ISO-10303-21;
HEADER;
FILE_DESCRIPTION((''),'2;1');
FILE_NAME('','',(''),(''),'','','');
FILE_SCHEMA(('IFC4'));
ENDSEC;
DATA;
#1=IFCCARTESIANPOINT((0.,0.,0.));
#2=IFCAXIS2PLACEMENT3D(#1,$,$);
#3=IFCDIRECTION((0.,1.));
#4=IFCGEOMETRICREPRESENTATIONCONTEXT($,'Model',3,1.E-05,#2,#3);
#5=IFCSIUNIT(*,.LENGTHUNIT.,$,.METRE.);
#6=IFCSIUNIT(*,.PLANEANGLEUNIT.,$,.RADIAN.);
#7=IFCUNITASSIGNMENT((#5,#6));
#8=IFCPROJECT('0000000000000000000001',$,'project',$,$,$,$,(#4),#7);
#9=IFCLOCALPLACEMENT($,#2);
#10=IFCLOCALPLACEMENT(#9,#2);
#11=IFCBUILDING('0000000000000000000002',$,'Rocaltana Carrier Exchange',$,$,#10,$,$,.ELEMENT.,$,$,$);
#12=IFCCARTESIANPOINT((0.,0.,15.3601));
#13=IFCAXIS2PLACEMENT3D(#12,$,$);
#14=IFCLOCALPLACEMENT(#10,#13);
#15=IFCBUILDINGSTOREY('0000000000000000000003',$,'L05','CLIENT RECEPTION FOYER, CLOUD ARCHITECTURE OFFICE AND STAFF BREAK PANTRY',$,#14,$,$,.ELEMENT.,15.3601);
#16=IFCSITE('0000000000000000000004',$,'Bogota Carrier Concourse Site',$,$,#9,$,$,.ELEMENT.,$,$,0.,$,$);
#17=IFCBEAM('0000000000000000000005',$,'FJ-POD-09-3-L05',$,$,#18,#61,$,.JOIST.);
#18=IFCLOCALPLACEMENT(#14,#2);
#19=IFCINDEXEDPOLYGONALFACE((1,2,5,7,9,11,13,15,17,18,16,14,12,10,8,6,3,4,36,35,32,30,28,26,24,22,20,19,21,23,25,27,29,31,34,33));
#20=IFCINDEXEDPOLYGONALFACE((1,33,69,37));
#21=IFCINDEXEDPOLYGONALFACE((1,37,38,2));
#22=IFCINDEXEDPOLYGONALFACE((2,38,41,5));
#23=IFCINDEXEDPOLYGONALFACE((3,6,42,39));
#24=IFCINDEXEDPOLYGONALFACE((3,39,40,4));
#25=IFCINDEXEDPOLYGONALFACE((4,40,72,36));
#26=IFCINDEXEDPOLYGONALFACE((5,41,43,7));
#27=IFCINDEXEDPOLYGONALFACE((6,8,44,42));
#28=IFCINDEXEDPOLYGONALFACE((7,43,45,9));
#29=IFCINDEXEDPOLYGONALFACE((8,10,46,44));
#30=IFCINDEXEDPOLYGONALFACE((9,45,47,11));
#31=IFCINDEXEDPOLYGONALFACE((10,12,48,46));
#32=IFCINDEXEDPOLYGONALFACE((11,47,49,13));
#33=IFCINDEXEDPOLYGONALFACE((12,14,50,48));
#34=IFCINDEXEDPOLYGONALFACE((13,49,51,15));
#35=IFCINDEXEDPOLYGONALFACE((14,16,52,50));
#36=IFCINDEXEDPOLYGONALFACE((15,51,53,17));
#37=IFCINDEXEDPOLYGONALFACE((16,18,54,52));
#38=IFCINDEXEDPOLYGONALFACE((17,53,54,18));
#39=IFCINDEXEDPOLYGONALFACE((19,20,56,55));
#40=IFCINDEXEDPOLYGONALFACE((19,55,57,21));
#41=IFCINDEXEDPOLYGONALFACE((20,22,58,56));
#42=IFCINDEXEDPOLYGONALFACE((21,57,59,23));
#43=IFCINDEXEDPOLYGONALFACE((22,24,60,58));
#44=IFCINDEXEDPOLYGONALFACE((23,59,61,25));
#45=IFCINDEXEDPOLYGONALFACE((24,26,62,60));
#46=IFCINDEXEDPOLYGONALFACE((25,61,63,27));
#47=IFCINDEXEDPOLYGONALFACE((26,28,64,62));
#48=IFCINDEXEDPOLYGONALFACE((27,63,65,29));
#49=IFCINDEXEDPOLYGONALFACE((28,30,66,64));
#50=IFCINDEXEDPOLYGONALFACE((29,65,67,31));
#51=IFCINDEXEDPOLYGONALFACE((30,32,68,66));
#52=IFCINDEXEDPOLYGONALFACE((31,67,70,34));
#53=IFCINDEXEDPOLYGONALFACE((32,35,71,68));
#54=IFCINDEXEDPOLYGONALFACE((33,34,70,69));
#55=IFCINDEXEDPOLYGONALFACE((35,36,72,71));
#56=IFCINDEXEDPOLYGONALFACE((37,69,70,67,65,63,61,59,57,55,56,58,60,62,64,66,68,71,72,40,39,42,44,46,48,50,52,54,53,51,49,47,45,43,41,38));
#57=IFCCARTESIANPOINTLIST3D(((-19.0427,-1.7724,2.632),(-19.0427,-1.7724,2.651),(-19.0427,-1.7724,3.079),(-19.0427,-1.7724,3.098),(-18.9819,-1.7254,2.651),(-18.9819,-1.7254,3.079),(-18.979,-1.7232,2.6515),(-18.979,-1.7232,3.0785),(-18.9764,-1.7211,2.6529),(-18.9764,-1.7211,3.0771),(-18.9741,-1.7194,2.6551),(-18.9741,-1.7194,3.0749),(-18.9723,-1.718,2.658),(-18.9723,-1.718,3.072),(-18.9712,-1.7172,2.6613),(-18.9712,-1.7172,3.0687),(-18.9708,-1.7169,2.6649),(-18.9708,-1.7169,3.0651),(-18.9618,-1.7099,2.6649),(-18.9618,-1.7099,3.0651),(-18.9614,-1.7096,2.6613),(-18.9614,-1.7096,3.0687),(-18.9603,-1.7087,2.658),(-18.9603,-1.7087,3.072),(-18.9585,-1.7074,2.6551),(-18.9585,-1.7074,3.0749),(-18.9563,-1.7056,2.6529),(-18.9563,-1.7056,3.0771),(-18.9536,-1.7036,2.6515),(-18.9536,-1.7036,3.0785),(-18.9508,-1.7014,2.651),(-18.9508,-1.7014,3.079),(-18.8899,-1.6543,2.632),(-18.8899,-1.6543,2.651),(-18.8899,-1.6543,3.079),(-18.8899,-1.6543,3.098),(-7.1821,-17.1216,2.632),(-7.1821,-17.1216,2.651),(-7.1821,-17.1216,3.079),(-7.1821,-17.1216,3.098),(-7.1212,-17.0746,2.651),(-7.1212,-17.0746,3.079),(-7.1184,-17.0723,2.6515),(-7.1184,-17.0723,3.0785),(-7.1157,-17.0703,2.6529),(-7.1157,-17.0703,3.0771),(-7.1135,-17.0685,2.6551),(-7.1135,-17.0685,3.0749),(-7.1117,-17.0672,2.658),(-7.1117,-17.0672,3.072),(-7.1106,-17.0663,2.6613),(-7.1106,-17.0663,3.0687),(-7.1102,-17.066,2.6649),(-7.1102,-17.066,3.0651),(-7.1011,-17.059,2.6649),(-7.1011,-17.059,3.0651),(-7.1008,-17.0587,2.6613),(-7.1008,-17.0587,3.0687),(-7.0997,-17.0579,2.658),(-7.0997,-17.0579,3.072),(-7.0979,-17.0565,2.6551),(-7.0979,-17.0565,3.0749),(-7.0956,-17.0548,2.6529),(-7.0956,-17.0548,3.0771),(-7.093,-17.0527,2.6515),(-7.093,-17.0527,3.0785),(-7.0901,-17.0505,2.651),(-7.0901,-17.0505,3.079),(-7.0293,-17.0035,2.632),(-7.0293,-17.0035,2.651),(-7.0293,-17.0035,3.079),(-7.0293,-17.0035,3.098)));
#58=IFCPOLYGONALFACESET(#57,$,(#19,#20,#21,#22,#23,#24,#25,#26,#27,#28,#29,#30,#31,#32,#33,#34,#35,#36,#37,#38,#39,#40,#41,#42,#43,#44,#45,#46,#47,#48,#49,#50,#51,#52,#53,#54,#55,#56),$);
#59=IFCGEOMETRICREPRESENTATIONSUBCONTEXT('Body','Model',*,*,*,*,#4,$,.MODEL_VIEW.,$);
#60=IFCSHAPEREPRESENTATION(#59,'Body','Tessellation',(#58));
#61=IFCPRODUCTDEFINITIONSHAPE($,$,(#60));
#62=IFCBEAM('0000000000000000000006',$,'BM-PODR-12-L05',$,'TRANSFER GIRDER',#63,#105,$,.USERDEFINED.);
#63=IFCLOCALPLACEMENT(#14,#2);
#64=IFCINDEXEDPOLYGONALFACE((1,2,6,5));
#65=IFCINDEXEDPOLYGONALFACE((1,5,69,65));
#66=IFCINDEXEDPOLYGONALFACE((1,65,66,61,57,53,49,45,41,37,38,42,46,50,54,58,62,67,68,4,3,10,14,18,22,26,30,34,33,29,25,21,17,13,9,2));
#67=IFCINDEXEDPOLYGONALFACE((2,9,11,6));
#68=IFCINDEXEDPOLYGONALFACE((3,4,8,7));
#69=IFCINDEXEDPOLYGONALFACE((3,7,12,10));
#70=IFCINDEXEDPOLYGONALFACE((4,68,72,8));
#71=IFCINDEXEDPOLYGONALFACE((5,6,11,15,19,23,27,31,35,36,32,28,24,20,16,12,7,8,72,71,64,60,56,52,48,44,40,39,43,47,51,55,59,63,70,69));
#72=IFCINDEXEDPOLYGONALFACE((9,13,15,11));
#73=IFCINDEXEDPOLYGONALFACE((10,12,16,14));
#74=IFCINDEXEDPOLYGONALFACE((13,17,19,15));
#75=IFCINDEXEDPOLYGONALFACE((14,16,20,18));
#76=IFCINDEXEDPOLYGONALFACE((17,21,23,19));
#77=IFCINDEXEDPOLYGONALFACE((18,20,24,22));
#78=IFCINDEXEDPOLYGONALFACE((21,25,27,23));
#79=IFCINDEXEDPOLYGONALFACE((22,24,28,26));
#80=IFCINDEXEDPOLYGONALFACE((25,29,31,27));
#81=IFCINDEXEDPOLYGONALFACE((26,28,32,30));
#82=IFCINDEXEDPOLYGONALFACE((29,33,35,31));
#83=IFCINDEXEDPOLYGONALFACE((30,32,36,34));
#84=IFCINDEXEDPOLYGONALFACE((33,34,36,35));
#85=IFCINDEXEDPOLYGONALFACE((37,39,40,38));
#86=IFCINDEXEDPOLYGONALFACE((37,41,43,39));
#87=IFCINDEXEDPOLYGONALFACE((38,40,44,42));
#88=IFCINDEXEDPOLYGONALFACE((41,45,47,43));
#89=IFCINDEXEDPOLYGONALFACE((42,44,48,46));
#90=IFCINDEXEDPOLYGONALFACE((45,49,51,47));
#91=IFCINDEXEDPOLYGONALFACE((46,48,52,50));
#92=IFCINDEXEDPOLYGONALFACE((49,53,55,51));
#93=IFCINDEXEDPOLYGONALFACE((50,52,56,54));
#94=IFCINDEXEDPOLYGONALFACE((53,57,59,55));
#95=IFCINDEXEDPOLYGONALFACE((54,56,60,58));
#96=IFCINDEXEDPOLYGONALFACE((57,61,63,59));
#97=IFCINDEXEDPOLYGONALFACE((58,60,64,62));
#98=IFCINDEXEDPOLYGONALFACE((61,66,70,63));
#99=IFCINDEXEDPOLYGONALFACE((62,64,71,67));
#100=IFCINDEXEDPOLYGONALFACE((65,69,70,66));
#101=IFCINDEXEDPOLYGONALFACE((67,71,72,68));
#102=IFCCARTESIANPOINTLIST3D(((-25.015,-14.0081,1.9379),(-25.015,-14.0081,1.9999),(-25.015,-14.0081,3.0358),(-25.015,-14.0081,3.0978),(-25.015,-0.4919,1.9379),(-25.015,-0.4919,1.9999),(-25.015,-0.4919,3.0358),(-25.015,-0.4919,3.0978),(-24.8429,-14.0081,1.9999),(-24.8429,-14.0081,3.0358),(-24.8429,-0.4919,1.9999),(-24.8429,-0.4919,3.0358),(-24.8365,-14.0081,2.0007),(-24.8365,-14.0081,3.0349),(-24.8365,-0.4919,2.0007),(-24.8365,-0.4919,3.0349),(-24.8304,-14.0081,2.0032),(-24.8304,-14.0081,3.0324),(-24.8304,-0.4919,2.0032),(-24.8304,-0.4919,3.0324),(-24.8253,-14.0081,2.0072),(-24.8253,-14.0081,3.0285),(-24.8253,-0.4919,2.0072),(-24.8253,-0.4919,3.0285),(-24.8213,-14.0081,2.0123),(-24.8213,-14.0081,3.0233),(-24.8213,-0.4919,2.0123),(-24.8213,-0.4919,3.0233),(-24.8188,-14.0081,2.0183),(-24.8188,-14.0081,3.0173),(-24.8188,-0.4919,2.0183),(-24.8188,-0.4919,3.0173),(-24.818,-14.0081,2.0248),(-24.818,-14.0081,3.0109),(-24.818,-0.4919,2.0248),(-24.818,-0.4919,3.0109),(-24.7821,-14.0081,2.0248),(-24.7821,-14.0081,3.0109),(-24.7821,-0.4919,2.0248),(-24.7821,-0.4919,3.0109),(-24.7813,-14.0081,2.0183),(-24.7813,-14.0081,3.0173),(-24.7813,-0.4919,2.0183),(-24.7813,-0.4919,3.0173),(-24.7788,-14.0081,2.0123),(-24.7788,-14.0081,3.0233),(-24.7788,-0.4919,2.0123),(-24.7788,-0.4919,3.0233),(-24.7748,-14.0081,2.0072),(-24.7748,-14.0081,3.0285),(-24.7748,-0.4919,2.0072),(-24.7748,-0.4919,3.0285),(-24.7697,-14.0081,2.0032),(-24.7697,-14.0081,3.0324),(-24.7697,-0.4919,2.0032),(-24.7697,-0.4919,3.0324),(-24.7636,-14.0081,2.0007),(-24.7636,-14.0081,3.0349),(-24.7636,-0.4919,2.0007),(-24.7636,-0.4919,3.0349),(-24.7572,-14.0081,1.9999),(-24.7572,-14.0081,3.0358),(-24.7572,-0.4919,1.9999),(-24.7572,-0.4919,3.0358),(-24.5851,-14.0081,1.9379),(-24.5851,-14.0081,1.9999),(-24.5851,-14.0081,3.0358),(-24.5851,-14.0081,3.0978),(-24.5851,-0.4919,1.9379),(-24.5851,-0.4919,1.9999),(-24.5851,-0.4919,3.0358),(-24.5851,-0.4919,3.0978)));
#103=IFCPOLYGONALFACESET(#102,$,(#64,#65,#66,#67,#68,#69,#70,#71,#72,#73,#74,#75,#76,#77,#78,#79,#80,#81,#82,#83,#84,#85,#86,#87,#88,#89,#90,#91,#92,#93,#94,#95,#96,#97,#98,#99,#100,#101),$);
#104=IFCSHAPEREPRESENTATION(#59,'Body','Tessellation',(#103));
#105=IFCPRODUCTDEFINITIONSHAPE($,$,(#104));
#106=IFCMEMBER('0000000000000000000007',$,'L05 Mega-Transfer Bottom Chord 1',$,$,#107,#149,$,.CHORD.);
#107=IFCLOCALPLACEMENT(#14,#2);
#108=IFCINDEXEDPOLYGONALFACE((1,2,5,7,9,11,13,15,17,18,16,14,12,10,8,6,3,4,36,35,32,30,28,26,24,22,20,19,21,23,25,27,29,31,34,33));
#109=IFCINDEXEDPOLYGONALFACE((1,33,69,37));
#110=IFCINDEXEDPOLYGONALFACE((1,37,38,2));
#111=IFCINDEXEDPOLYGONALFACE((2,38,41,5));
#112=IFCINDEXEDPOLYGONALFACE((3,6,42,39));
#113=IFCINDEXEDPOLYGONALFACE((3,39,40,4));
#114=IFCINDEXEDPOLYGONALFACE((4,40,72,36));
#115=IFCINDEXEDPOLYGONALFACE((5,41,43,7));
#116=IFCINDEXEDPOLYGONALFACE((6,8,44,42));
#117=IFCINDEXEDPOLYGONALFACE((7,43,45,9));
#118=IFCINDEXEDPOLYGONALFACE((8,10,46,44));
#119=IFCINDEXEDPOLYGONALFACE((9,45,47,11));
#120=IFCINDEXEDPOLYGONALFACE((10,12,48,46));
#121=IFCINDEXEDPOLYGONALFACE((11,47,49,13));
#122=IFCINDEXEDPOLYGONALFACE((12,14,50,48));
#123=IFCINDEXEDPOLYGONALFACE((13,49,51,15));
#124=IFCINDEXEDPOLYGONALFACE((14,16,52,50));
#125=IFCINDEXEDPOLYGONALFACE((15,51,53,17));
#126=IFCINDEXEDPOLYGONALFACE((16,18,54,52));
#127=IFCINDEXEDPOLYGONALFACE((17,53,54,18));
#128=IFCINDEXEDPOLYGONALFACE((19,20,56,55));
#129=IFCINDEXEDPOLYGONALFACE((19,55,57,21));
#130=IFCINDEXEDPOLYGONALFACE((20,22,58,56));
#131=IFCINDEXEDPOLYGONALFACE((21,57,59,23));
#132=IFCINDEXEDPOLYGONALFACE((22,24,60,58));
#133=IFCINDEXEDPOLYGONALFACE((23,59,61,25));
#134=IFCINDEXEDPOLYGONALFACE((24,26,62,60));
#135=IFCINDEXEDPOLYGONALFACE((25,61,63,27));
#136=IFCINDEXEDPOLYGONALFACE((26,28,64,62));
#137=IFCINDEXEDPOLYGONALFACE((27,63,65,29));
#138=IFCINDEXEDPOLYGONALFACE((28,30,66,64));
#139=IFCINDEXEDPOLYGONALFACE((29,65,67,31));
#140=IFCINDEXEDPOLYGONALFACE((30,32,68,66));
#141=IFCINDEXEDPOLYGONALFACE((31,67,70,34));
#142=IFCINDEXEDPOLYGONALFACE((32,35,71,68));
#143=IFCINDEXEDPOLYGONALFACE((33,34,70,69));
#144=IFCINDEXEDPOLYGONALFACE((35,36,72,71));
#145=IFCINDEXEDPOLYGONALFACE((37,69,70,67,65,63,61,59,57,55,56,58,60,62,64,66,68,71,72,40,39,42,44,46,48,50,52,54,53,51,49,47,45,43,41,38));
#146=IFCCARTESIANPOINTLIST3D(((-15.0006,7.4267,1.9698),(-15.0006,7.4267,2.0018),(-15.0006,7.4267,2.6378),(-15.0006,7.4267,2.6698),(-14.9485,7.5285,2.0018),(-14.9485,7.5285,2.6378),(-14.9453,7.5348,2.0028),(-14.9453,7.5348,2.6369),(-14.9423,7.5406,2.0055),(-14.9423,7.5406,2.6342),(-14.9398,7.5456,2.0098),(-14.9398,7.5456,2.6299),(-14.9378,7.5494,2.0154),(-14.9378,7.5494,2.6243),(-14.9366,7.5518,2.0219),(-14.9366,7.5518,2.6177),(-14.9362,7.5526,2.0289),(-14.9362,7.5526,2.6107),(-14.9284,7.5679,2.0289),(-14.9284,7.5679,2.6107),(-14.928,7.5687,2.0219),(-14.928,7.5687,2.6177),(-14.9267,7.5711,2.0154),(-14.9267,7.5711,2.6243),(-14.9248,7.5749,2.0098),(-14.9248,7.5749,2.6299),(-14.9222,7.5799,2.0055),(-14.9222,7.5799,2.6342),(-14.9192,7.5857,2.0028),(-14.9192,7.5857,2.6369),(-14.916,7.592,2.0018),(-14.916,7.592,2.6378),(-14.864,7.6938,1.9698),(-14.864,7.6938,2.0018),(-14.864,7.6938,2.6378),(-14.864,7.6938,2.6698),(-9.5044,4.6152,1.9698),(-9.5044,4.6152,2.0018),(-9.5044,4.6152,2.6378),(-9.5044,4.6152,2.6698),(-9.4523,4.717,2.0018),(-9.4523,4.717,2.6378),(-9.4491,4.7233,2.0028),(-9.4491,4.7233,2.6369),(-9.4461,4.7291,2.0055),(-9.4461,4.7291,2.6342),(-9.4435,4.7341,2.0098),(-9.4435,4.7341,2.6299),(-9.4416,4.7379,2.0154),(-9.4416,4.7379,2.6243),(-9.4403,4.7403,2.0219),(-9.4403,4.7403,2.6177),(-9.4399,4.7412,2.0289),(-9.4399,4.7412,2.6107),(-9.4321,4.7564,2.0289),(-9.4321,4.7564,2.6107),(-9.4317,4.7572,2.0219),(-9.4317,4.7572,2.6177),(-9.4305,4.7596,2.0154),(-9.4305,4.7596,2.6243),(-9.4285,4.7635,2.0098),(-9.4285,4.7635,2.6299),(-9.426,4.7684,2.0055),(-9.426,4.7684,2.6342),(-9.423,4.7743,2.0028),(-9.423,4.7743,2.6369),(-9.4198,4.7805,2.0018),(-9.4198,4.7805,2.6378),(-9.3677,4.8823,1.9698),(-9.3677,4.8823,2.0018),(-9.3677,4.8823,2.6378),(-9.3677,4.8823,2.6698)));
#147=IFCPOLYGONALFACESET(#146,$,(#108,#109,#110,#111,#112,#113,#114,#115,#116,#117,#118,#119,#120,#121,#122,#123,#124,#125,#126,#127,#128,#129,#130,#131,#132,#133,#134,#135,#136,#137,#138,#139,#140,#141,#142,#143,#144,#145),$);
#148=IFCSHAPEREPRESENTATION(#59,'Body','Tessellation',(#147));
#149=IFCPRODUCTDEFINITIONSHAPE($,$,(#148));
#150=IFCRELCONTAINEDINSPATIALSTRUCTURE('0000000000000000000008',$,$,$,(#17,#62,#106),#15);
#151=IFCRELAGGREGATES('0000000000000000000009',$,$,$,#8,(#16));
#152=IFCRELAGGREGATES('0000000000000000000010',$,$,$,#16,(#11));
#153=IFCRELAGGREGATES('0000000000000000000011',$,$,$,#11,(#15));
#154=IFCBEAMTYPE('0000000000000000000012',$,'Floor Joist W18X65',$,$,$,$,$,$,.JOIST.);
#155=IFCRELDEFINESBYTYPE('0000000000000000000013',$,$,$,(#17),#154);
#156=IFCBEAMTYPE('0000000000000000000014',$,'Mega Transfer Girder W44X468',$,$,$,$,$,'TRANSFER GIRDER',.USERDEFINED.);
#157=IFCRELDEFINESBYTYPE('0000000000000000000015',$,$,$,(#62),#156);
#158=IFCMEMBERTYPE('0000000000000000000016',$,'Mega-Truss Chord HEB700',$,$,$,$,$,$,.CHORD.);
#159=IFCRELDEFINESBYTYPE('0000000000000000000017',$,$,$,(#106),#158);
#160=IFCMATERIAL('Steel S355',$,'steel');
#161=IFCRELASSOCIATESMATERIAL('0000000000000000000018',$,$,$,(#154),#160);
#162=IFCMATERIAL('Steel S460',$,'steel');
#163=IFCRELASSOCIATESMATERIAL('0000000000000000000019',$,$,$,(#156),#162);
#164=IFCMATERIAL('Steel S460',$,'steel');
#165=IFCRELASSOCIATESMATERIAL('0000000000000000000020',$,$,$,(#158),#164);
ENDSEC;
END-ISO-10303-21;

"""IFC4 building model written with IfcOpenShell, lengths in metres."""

from ifc_helpers import new_model, si_unit, direction, frame, origin, origin_2d, place, context, subcontext, project, spatial, i_section, extrude, material, material_profile, profile_set, type_object, element, save


model = new_model("IFC4")

# Units and contexts
model_context = context("Model", 3, precision=1e-05, world=origin(), true_north=direction((0.0, 1.0)))
body_context = subcontext(model_context, "Body", "Model", "MODEL_VIEW")
ifc_project = project(units=[si_unit("LENGTHUNIT", "METRE"), si_unit("PLANEANGLEUNIT", "RADIAN")], contexts=[model_context])

# Site, building, storey
site_placement = place(None, origin())
site = spatial("IfcSite", under=ifc_project, at=site_placement, Name="Bogota Carrier Concourse Site", CompositionType="ELEMENT", RefElevation=0.0)
building_placement = place(site_placement, origin())
building = spatial("IfcBuilding", under=site, at=building_placement, Name="Rocaltana Carrier Exchange", CompositionType="ELEMENT")
storey_placement = place(building_placement, frame((0.0, 0.0, 15.3601)))
storey = spatial("IfcBuildingStorey", under=building, at=storey_placement, Name="L05", Description="CLIENT RECEPTION FOYER, CLOUD ARCHITECTURE OFFICE AND STAFF BREAK PANTRY", CompositionType="ELEMENT", Elevation=15.3601)

# Beams
ifc_material_1 = material(Name="Steel S355", Category="steel")
ifc_material_profile_1 = material_profile(ifc_material_1, i_section(OverallWidth=0.1931, OverallDepth=0.4661, WebThickness=0.0115, FlangeThickness=0.019, FilletRadius=0.0139, at=origin_2d()), Name="W18X65")
ifc_profile_set_1 = profile_set([ifc_material_profile_1], Name="Steel S355")
beam_type_1 = type_object("IfcBeamType", Name="Floor Joist W18X65", PredefinedType="JOIST", material=ifc_profile_set_1)
beam_1_placement = place(storey_placement, frame((-18.9663, -1.7134, 2.865), z_axis=(0.611445, -0.791287, 0.0), x_axis=(0.791287, 0.611445, 0.0)))
element("IfcBeam", 1, at=beam_1_placement, inside=storey, type_object=beam_type_1, Name="FJ-POD-09-3-L05", PredefinedType="JOIST", context=body_context, shape_type="SweptSolid", body=[
    extrude(i_section(OverallWidth=0.1931, OverallDepth=0.4661, WebThickness=0.0115, FlangeThickness=0.019, FilletRadius=0.0139, at=origin_2d()), origin(), (0.0, 0.0, 1.0), 19.3977),
])
ifc_material_2 = material(Name="Steel S460", Category="steel")
ifc_material_profile_2 = material_profile(ifc_material_2, i_section(OverallWidth=0.4299, OverallDepth=1.1599, WebThickness=0.0359, FlangeThickness=0.062, FilletRadius=0.0249, at=origin_2d()), Name="W44X468")
ifc_profile_set_2 = profile_set([ifc_material_profile_2], Name="Steel S460")
beam_type_2 = type_object("IfcBeamType", Name="Mega Transfer Girder W44X468", ElementType="TRANSFER GIRDER", PredefinedType="USERDEFINED", material=ifc_profile_set_2)
beam_2_placement = place(storey_placement, frame((-24.8, -0.4919, 2.5178), z_axis=(0.0, -1.0, 0.0), x_axis=(1.0, 0.0, 0.0)))
element("IfcBeam", 2, at=beam_2_placement, inside=storey, type_object=beam_type_2, Name="BM-PODR-12-L05", ObjectType="TRANSFER GIRDER", PredefinedType="USERDEFINED", context=body_context, shape_type="SweptSolid", body=[
    extrude(i_section(OverallWidth=0.4299, OverallDepth=1.1599, WebThickness=0.0359, FlangeThickness=0.062, FilletRadius=0.0249, at=origin_2d()), origin(), (0.0, 0.0, 1.0), 13.5161),
])

# Member
ifc_material_3 = material(Name="Steel S460", Category="steel")
ifc_material_profile_3 = material_profile(ifc_material_3, i_section(OverallWidth=0.3, OverallDepth=0.7, WebThickness=0.0171, FlangeThickness=0.032, FilletRadius=0.0271, at=origin_2d()), Name="HEB700")
ifc_profile_set_3 = profile_set([ifc_material_profile_3], Name="Steel S460")
member_type_1 = type_object("IfcMemberType", Name="Mega-Truss Chord HEB700", PredefinedType="CHORD", material=ifc_profile_set_3)
member_1_placement = place(storey_placement, frame((-9.436, 4.7488, 2.3198), z_axis=(-0.890285, 0.455404, 0.0), x_axis=(-0.455404, -0.890285, 0.0)))
element("IfcMember", 3, at=member_1_placement, inside=storey, type_object=member_type_1, Name="L05 Mega-Transfer Bottom Chord 1", PredefinedType="CHORD", context=body_context, shape_type="SweptSolid", body=[
    extrude(i_section(OverallWidth=0.3, OverallDepth=0.7, WebThickness=0.0171, FlangeThickness=0.032, FilletRadius=0.0271, at=origin_2d()), origin(), (0.0, 0.0, 1.0), 6.1736),
])

save(model, "model.ifc")
